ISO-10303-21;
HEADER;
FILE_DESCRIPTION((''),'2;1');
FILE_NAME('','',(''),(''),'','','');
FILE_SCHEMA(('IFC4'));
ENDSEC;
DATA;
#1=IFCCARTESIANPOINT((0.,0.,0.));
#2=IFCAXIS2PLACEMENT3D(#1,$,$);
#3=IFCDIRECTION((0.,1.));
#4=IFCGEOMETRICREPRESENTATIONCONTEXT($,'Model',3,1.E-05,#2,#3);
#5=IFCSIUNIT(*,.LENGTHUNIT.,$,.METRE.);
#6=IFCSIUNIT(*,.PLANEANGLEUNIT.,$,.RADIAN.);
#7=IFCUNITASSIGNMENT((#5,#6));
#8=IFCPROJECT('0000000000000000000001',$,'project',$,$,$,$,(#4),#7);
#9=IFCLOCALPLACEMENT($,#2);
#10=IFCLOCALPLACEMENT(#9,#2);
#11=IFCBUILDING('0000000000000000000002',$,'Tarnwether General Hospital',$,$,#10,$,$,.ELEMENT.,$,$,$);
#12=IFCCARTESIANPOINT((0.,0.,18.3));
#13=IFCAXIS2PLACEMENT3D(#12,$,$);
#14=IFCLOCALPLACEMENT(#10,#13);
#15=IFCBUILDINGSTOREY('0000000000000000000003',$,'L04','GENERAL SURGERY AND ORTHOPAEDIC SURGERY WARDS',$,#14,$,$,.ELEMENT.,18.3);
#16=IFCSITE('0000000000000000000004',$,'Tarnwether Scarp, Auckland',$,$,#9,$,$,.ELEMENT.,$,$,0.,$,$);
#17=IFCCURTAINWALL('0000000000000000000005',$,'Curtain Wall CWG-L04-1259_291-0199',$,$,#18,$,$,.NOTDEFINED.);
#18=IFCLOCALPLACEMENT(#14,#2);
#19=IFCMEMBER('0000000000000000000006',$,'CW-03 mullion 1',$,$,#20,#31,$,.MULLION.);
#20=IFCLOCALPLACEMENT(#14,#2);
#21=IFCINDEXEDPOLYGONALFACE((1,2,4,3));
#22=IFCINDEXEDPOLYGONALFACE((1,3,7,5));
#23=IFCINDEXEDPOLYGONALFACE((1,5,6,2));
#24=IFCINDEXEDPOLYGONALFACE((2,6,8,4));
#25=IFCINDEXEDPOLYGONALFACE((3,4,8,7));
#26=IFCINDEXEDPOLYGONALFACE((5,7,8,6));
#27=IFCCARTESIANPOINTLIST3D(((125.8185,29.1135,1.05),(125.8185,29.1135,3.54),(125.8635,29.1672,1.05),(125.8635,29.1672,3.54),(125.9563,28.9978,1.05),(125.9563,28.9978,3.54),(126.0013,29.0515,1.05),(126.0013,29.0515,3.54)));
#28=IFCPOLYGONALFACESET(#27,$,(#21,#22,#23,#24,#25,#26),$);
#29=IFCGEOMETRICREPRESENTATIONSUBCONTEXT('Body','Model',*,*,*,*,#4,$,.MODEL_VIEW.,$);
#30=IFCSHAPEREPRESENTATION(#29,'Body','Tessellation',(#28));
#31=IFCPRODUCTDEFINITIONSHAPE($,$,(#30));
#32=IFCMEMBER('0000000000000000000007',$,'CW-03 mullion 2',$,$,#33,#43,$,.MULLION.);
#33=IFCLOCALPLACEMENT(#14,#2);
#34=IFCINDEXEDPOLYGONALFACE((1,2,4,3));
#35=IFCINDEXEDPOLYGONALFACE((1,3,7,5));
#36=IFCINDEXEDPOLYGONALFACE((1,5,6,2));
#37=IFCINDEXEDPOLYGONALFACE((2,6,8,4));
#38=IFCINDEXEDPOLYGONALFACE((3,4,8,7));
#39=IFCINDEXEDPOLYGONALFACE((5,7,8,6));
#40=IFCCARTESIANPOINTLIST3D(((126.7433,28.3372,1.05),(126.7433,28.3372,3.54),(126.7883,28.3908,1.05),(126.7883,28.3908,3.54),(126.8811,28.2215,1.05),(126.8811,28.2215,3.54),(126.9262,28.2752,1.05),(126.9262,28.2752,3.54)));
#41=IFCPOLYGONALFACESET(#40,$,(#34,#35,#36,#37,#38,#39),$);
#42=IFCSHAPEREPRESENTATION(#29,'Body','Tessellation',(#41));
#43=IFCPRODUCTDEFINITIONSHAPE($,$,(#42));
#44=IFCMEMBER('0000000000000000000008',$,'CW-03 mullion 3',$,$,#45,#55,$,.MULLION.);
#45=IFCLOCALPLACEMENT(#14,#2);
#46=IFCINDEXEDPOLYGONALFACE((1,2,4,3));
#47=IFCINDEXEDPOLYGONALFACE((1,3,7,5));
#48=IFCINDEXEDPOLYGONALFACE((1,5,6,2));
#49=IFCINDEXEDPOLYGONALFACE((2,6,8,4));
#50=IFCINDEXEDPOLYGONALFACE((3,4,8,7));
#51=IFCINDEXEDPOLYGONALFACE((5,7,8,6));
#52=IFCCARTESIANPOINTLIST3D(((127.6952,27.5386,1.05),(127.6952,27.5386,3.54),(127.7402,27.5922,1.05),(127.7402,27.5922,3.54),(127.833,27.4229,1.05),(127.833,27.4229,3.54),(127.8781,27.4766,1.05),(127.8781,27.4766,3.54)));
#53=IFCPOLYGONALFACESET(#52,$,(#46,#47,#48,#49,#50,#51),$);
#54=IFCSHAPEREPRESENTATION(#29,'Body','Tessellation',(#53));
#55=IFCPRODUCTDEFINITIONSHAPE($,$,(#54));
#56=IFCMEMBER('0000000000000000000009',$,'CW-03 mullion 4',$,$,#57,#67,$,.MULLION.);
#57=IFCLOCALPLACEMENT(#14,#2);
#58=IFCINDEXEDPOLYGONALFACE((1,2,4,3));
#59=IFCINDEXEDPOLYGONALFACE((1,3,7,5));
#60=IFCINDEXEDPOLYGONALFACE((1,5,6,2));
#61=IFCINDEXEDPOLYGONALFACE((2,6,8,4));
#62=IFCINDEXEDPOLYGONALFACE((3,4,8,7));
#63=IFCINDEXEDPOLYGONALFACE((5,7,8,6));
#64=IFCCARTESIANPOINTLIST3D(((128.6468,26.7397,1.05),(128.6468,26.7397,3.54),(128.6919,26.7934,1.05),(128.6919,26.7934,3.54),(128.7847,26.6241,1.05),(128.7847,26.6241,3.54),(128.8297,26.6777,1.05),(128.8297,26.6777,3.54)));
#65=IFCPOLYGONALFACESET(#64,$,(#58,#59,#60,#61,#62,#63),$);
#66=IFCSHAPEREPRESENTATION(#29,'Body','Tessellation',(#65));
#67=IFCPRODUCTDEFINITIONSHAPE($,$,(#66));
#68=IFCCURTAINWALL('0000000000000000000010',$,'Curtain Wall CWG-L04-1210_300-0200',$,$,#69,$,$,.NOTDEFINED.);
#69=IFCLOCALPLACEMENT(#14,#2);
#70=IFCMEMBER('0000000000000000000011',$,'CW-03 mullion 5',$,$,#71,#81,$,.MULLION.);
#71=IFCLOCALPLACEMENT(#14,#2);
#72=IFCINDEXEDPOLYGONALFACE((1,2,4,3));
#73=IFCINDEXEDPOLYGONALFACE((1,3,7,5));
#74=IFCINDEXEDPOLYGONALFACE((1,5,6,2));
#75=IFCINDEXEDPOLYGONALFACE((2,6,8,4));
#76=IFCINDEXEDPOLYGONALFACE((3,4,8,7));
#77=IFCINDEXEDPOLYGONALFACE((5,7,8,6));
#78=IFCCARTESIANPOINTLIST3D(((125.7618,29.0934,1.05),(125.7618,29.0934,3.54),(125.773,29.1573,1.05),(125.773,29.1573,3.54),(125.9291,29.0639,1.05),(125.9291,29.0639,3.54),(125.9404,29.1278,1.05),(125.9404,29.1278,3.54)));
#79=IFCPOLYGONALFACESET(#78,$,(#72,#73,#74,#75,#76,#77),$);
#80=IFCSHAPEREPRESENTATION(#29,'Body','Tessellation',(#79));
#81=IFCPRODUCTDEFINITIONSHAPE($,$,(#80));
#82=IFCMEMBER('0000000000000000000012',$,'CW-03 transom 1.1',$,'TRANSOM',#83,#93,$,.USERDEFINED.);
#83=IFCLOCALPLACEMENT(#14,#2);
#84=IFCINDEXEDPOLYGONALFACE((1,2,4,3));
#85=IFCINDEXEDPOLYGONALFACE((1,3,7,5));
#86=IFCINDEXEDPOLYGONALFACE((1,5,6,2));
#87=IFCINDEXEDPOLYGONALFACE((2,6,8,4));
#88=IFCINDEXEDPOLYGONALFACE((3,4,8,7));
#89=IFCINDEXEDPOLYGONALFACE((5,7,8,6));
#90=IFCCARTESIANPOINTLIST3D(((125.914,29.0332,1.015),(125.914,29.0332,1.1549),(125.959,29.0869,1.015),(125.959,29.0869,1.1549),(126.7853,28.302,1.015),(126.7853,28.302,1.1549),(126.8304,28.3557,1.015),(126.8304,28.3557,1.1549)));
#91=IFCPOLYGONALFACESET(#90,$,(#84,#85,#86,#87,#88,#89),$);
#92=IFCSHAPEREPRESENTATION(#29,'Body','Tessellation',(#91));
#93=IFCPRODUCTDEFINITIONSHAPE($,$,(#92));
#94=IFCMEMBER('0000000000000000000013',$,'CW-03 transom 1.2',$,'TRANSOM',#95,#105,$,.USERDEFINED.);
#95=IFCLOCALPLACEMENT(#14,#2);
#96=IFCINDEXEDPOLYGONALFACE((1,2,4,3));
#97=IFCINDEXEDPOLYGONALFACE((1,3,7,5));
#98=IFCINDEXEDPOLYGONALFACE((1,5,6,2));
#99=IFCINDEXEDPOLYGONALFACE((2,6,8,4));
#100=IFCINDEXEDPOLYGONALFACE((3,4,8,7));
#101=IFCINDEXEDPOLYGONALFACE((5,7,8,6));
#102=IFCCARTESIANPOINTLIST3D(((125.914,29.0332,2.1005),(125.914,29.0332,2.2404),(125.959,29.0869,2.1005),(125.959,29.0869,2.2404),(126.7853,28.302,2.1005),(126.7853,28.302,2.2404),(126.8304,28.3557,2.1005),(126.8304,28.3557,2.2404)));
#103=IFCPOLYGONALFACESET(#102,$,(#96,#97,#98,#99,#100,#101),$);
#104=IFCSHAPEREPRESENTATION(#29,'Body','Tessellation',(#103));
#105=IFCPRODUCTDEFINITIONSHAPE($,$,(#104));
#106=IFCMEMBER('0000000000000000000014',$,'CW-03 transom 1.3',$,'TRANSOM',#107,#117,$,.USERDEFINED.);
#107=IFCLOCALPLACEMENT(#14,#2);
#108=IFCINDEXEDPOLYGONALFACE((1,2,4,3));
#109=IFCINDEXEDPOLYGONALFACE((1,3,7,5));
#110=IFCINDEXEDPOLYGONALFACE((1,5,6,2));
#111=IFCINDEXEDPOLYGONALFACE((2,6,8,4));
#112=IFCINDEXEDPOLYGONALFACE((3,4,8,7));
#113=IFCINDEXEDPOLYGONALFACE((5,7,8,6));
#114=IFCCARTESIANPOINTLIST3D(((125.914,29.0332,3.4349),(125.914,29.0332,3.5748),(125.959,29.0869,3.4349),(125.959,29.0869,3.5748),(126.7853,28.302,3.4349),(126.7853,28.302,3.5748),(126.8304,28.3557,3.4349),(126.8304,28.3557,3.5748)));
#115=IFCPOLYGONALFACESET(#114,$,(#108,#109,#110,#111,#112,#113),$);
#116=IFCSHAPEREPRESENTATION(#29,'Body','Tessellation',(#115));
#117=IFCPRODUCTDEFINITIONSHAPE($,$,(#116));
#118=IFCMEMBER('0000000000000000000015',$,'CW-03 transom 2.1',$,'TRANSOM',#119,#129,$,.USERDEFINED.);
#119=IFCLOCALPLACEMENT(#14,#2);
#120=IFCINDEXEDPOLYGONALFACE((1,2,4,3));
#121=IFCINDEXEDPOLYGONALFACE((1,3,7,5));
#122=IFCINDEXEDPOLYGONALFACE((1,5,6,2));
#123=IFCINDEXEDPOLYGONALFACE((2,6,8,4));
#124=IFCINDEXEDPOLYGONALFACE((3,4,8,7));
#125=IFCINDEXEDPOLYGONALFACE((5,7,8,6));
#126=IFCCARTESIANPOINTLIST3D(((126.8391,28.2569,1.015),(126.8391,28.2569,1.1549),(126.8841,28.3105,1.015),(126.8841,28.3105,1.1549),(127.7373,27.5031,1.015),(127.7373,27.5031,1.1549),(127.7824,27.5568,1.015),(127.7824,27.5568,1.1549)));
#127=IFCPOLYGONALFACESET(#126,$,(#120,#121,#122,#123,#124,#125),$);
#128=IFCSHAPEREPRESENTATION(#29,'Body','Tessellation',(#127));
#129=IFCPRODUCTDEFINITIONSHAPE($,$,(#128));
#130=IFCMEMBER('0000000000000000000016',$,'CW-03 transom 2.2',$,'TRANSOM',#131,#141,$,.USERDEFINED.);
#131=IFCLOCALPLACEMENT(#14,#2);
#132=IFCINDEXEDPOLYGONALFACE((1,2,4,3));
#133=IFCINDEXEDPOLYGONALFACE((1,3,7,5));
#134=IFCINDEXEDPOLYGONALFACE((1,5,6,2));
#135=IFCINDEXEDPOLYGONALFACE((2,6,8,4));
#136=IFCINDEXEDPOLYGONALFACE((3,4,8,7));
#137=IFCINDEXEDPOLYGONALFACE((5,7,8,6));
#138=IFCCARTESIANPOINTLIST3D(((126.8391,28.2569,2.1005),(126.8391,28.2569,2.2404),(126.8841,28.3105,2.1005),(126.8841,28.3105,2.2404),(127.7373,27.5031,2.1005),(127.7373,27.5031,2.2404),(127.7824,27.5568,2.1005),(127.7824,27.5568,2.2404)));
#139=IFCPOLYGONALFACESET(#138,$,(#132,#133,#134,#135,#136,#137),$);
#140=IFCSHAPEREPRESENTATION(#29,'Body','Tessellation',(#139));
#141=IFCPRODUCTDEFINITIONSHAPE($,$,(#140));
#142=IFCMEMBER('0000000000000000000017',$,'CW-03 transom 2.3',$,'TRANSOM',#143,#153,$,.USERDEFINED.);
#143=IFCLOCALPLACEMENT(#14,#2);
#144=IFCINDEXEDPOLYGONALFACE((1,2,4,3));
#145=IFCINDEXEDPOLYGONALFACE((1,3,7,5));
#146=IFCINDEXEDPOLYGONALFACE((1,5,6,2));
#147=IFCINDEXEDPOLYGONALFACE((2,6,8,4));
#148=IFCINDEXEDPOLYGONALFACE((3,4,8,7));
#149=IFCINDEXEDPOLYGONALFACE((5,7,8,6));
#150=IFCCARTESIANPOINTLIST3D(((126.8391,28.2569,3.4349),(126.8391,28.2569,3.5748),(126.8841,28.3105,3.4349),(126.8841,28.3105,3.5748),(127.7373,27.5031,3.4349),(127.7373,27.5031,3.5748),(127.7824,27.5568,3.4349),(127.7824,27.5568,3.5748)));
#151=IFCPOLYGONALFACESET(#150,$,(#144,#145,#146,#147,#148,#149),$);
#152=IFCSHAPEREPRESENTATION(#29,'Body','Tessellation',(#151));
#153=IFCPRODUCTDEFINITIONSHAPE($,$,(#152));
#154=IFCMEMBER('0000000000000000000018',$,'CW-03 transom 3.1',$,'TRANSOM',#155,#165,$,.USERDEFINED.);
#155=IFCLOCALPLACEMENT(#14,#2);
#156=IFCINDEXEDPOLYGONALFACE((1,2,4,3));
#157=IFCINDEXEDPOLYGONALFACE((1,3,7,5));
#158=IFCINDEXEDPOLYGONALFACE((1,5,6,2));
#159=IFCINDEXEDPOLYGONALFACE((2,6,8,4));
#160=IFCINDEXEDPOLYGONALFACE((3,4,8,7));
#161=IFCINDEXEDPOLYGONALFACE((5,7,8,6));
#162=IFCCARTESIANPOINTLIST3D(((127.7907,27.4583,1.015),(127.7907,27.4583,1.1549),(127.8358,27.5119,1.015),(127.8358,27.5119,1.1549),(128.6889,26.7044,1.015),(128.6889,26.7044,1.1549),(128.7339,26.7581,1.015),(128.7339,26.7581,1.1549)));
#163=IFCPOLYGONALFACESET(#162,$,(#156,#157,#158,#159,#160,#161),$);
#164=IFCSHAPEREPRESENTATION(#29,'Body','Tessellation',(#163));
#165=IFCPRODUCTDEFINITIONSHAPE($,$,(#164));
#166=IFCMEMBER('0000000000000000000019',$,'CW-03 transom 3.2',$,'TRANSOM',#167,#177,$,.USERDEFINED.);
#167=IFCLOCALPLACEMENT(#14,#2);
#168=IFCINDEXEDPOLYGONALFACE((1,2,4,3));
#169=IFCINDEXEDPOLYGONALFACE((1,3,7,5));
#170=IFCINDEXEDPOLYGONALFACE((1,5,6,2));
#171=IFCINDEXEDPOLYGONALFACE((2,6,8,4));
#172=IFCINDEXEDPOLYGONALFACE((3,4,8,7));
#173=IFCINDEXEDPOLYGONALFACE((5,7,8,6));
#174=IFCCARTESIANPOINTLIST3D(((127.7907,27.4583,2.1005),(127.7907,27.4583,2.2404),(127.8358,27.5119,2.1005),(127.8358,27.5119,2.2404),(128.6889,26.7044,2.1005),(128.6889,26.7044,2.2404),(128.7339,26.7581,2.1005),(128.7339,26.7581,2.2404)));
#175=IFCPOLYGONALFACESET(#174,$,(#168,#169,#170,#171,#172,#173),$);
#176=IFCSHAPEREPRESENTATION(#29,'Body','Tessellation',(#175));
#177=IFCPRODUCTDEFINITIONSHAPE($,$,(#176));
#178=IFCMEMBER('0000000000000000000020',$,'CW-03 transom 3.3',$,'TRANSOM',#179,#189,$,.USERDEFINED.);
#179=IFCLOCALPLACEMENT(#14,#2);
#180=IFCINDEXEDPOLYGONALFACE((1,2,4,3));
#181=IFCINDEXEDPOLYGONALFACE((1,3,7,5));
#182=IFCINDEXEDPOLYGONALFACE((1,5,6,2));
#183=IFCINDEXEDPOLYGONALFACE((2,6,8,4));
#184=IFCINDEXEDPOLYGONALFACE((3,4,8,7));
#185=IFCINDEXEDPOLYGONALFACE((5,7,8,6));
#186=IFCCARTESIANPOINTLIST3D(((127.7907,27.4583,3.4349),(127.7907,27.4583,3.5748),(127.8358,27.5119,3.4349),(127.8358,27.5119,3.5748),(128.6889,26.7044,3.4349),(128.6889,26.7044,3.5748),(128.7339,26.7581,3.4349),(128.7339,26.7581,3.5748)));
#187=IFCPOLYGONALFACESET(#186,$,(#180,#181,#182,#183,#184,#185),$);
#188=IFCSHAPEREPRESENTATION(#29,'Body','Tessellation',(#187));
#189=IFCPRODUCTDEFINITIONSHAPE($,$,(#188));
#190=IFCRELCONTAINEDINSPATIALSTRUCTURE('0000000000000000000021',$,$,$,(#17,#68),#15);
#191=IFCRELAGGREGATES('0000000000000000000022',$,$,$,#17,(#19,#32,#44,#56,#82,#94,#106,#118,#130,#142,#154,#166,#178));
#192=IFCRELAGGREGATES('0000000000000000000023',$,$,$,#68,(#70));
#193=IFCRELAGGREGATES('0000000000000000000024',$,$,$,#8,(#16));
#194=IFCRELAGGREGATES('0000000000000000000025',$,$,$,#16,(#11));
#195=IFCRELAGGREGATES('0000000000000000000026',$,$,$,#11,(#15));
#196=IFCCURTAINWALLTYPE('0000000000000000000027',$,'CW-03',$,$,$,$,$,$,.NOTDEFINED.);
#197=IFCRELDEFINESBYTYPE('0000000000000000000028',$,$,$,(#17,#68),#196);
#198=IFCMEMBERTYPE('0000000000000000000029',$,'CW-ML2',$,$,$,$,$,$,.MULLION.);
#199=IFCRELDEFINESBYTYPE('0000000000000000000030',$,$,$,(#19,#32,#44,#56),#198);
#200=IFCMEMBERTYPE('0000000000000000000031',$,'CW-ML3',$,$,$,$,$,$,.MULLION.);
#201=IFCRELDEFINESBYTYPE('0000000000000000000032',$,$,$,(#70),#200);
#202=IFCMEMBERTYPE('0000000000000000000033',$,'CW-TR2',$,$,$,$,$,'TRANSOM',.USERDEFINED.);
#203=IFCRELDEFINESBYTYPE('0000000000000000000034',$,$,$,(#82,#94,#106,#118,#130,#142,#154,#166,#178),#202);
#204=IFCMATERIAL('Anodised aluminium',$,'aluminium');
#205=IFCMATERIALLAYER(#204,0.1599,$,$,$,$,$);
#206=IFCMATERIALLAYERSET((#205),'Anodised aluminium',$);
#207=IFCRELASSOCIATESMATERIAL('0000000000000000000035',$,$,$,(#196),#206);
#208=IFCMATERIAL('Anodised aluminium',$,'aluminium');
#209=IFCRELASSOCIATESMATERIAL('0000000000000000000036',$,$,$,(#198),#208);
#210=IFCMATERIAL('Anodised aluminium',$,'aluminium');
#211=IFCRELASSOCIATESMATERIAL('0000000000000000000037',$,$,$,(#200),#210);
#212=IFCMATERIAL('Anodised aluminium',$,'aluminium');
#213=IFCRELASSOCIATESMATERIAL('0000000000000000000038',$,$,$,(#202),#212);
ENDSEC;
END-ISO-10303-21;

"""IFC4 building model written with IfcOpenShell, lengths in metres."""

from ifc_helpers import new_model, si_unit, direction, frame, origin, origin_2d, place, context, subcontext, project, spatial, rectangle, extrude, material, layer, layer_set, material_profile, profile_set, type_object, element, aggregate, save


model = new_model("IFC4")

# Units and contexts
model_context = context("Model", 3, precision=1e-05, world=origin(), true_north=direction((0.0, 1.0)))
body_context = subcontext(model_context, "Body", "Model", "MODEL_VIEW")
ifc_project = project(units=[si_unit("LENGTHUNIT", "METRE"), si_unit("PLANEANGLEUNIT", "RADIAN")], contexts=[model_context])

# Site, building, storey
site_placement = place(None, origin())
site = spatial("IfcSite", under=ifc_project, at=site_placement, Name="Tarnwether Scarp, Auckland", CompositionType="ELEMENT", RefElevation=0.0)
building_placement = place(site_placement, origin())
building = spatial("IfcBuilding", under=site, at=building_placement, Name="Tarnwether General Hospital", CompositionType="ELEMENT")
storey_placement = place(building_placement, frame((0.0, 0.0, 18.3)))
storey = spatial("IfcBuildingStorey", under=building, at=storey_placement, Name="L04", Description="GENERAL SURGERY AND ORTHOPAEDIC SURGERY WARDS", CompositionType="ELEMENT", Elevation=18.3)

# Curtain wall, members
ifc_material_1 = material(Name="Anodised aluminium", Category="aluminium")
ifc_layer_1 = layer(ifc_material_1, 0.1599)
ifc_layer_set_1 = layer_set([ifc_layer_1], Name="Anodised aluminium")
curtain_wall_type = type_object("IfcCurtainWallType", Name="CW-03", PredefinedType="NOTDEFINED", material=ifc_layer_set_1)
curtain_wall_1_placement = place(storey_placement, origin())
curtain_wall_1 = element("IfcCurtainWall", 1, at=curtain_wall_1_placement, inside=storey, type_object=curtain_wall_type, Name="Curtain Wall CWG-L04-1259_291-0199", PredefinedType="NOTDEFINED")
ifc_material_2 = material(Name="Anodised aluminium", Category="aluminium")
ifc_material_profile_1 = material_profile(ifc_material_2, rectangle(XDim=0.0701, YDim=0.1799, at=origin_2d()), Name="ALU-MUL-70x180")
ifc_profile_set_1 = profile_set([ifc_material_profile_1], Name="Anodised aluminium")
member_type_1 = type_object("IfcMemberType", Name="CW-ML2", PredefinedType="MULLION", material=ifc_profile_set_1)
member_1_placement = place(storey_placement, frame((125.9099, 29.0825, 1.05), z_axis=(0.0, 0.0, 1.0), x_axis=(0.642852, 0.76599, 0.0)))
member_1 = element("IfcMember", 2, at=member_1_placement, type_object=member_type_1, Name="CW-03 mullion 1", PredefinedType="MULLION", context=body_context, shape_type="SweptSolid", body=[
    extrude(rectangle(XDim=0.0701, YDim=0.1799, at=origin_2d()), origin(), (0.0, 0.0, 1.0), 2.49),
])
member_2_placement = place(storey_placement, frame((126.8347, 28.3062, 1.05), z_axis=(0.0, 0.0, 1.0), x_axis=(0.642852, 0.76599, 0.0)))
member_2 = element("IfcMember", 3, at=member_2_placement, type_object=member_type_1, Name="CW-03 mullion 2", PredefinedType="MULLION", context=body_context, shape_type="SweptSolid", body=[
    extrude(rectangle(XDim=0.0701, YDim=0.1799, at=origin_2d()), origin(), (0.0, 0.0, 1.0), 2.49),
])
member_3_placement = place(storey_placement, frame((127.7866, 27.5076, 1.05), z_axis=(0.0, 0.0, 1.0), x_axis=(0.642852, 0.76599, 0.0)))
member_3 = element("IfcMember", 4, at=member_3_placement, type_object=member_type_1, Name="CW-03 mullion 3", PredefinedType="MULLION", context=body_context, shape_type="SweptSolid", body=[
    extrude(rectangle(XDim=0.0701, YDim=0.1799, at=origin_2d()), origin(), (0.0, 0.0, 1.0), 2.49),
])
member_4_placement = place(storey_placement, frame((128.7383, 26.7087, 1.05), z_axis=(0.0, 0.0, 1.0), x_axis=(0.642852, 0.76599, 0.0)))
member_4 = element("IfcMember", 5, at=member_4_placement, type_object=member_type_1, Name="CW-03 mullion 4", PredefinedType="MULLION", context=body_context, shape_type="SweptSolid", body=[
    extrude(rectangle(XDim=0.0701, YDim=0.1799, at=origin_2d()), origin(), (0.0, 0.0, 1.0), 2.49),
])

# Curtain wall, member
curtain_wall_2_placement = place(storey_placement, origin())
curtain_wall_2 = element("IfcCurtainWall", 6, at=curtain_wall_2_placement, inside=storey, type_object=curtain_wall_type, Name="Curtain Wall CWG-L04-1210_300-0200", PredefinedType="NOTDEFINED")
ifc_material_3 = material(Name="Anodised aluminium", Category="aluminium")
ifc_material_profile_2 = material_profile(ifc_material_3, rectangle(XDim=0.0649, YDim=0.1699, at=origin_2d()), Name="ALU-MUL-65x170")
ifc_profile_set_2 = profile_set([ifc_material_profile_2], Name="Anodised aluminium")
member_type_2 = type_object("IfcMemberType", Name="CW-ML3", PredefinedType="MULLION", material=ifc_profile_set_2)
member_5_placement = place(storey_placement, frame((125.8511, 29.1106, 1.05), z_axis=(0.0, 0.0, 1.0), x_axis=(0.173659, 0.984806, 0.0)))
member_5 = element("IfcMember", 7, at=member_5_placement, type_object=member_type_2, Name="CW-03 mullion 5", PredefinedType="MULLION", context=body_context, shape_type="SweptSolid", body=[
    extrude(rectangle(XDim=0.0649, YDim=0.1699, at=origin_2d()), origin(), (0.0, 0.0, 1.0), 2.49),
])

# Members
ifc_material_4 = material(Name="Anodised aluminium", Category="aluminium")
ifc_material_profile_3 = material_profile(ifc_material_4, rectangle(XDim=0.0701, YDim=0.1399, at=origin_2d()), Name="ALU-TRN-70x140")
ifc_profile_set_3 = profile_set([ifc_material_profile_3], Name="Anodised aluminium")
member_type_3 = type_object("IfcMemberType", Name="CW-TR2", ElementType="TRANSOM", PredefinedType="USERDEFINED", material=ifc_profile_set_3)
member_6_placement = place(storey_placement, frame((125.9365, 29.0601, 1.085), z_axis=(0.766018, -0.64282, 0.0), x_axis=(0.64282, 0.766018, 0.0)))
member_6 = element("IfcMember", 8, at=member_6_placement, type_object=member_type_3, Name="CW-03 transom 1.1", ObjectType="TRANSOM", PredefinedType="USERDEFINED", context=body_context, shape_type="SweptSolid", body=[
    extrude(rectangle(XDim=0.0701, YDim=0.1399, at=origin_2d()), origin(), (0.0, 0.0, 1.0), 1.1375),
])
member_7_placement = place(storey_placement, frame((125.9365, 29.0601, 2.1704), z_axis=(0.766018, -0.64282, 0.0), x_axis=(0.64282, 0.766018, 0.0)))
member_7 = element("IfcMember", 9, at=member_7_placement, type_object=member_type_3, Name="CW-03 transom 1.2", ObjectType="TRANSOM", PredefinedType="USERDEFINED", context=body_context, shape_type="SweptSolid", body=[
    extrude(rectangle(XDim=0.0701, YDim=0.1399, at=origin_2d()), origin(), (0.0, 0.0, 1.0), 1.1375),
])
member_8_placement = place(storey_placement, frame((125.9365, 29.0601, 3.5049), z_axis=(0.766018, -0.64282, 0.0), x_axis=(0.64282, 0.766018, 0.0)))
member_8 = element("IfcMember", 10, at=member_8_placement, type_object=member_type_3, Name="CW-03 transom 1.3", ObjectType="TRANSOM", PredefinedType="USERDEFINED", context=body_context, shape_type="SweptSolid", body=[
    extrude(rectangle(XDim=0.0701, YDim=0.1399, at=origin_2d()), origin(), (0.0, 0.0, 1.0), 1.1375),
])
member_9_placement = place(storey_placement, frame((126.8616, 28.2837, 1.085), z_axis=(0.766049, -0.642782, 0.0), x_axis=(0.642782, 0.766049, 0.0)))
member_9 = element("IfcMember", 11, at=member_9_placement, type_object=member_type_3, Name="CW-03 transom 2.1", ObjectType="TRANSOM", PredefinedType="USERDEFINED", context=body_context, shape_type="SweptSolid", body=[
    extrude(rectangle(XDim=0.0701, YDim=0.1399, at=origin_2d()), origin(), (0.0, 0.0, 1.0), 1.1726),
])
member_10_placement = place(storey_placement, frame((126.8616, 28.2837, 2.1704), z_axis=(0.766049, -0.642782, 0.0), x_axis=(0.642782, 0.766049, 0.0)))
member_10 = element("IfcMember", 12, at=member_10_placement, type_object=member_type_3, Name="CW-03 transom 2.2", ObjectType="TRANSOM", PredefinedType="USERDEFINED", context=body_context, shape_type="SweptSolid", body=[
    extrude(rectangle(XDim=0.0701, YDim=0.1399, at=origin_2d()), origin(), (0.0, 0.0, 1.0), 1.1726),
])
member_11_placement = place(storey_placement, frame((126.8616, 28.2837, 3.5049), z_axis=(0.766049, -0.642782, 0.0), x_axis=(0.642782, 0.766049, 0.0)))
member_11 = element("IfcMember", 13, at=member_11_placement, type_object=member_type_3, Name="CW-03 transom 2.3", ObjectType="TRANSOM", PredefinedType="USERDEFINED", context=body_context, shape_type="SweptSolid", body=[
    extrude(rectangle(XDim=0.0701, YDim=0.1399, at=origin_2d()), origin(), (0.0, 0.0, 1.0), 1.1726),
])
member_12_placement = place(storey_placement, frame((127.8132, 27.4851, 1.085), z_axis=(0.765947, -0.642904, 0.0), x_axis=(0.642904, 0.765947, 0.0)))
member_12 = element("IfcMember", 14, at=member_12_placement, type_object=member_type_3, Name="CW-03 transom 3.1", ObjectType="TRANSOM", PredefinedType="USERDEFINED", context=body_context, shape_type="SweptSolid", body=[
    extrude(rectangle(XDim=0.0701, YDim=0.1399, at=origin_2d()), origin(), (0.0, 0.0, 1.0), 1.1726),
])
member_13_placement = place(storey_placement, frame((127.8132, 27.4851, 2.1704), z_axis=(0.765947, -0.642904, 0.0), x_axis=(0.642904, 0.765947, 0.0)))
member_13 = element("IfcMember", 15, at=member_13_placement, type_object=member_type_3, Name="CW-03 transom 3.2", ObjectType="TRANSOM", PredefinedType="USERDEFINED", context=body_context, shape_type="SweptSolid", body=[
    extrude(rectangle(XDim=0.0701, YDim=0.1399, at=origin_2d()), origin(), (0.0, 0.0, 1.0), 1.1726),
])
member_14_placement = place(storey_placement, frame((127.8132, 27.4851, 3.5049), z_axis=(0.765947, -0.642904, 0.0), x_axis=(0.642904, 0.765947, 0.0)))
member_14 = element("IfcMember", 16, at=member_14_placement, type_object=member_type_3, Name="CW-03 transom 3.3", ObjectType="TRANSOM", PredefinedType="USERDEFINED", context=body_context, shape_type="SweptSolid", body=[
    extrude(rectangle(XDim=0.0701, YDim=0.1399, at=origin_2d()), origin(), (0.0, 0.0, 1.0), 1.1726),
])

aggregate(curtain_wall_1, [member_1, member_2, member_3, member_4, member_6, member_7, member_8, member_9, member_10, member_11, member_12, member_13, member_14])
aggregate(curtain_wall_2, [member_5])

save(model, "model.ifc")
